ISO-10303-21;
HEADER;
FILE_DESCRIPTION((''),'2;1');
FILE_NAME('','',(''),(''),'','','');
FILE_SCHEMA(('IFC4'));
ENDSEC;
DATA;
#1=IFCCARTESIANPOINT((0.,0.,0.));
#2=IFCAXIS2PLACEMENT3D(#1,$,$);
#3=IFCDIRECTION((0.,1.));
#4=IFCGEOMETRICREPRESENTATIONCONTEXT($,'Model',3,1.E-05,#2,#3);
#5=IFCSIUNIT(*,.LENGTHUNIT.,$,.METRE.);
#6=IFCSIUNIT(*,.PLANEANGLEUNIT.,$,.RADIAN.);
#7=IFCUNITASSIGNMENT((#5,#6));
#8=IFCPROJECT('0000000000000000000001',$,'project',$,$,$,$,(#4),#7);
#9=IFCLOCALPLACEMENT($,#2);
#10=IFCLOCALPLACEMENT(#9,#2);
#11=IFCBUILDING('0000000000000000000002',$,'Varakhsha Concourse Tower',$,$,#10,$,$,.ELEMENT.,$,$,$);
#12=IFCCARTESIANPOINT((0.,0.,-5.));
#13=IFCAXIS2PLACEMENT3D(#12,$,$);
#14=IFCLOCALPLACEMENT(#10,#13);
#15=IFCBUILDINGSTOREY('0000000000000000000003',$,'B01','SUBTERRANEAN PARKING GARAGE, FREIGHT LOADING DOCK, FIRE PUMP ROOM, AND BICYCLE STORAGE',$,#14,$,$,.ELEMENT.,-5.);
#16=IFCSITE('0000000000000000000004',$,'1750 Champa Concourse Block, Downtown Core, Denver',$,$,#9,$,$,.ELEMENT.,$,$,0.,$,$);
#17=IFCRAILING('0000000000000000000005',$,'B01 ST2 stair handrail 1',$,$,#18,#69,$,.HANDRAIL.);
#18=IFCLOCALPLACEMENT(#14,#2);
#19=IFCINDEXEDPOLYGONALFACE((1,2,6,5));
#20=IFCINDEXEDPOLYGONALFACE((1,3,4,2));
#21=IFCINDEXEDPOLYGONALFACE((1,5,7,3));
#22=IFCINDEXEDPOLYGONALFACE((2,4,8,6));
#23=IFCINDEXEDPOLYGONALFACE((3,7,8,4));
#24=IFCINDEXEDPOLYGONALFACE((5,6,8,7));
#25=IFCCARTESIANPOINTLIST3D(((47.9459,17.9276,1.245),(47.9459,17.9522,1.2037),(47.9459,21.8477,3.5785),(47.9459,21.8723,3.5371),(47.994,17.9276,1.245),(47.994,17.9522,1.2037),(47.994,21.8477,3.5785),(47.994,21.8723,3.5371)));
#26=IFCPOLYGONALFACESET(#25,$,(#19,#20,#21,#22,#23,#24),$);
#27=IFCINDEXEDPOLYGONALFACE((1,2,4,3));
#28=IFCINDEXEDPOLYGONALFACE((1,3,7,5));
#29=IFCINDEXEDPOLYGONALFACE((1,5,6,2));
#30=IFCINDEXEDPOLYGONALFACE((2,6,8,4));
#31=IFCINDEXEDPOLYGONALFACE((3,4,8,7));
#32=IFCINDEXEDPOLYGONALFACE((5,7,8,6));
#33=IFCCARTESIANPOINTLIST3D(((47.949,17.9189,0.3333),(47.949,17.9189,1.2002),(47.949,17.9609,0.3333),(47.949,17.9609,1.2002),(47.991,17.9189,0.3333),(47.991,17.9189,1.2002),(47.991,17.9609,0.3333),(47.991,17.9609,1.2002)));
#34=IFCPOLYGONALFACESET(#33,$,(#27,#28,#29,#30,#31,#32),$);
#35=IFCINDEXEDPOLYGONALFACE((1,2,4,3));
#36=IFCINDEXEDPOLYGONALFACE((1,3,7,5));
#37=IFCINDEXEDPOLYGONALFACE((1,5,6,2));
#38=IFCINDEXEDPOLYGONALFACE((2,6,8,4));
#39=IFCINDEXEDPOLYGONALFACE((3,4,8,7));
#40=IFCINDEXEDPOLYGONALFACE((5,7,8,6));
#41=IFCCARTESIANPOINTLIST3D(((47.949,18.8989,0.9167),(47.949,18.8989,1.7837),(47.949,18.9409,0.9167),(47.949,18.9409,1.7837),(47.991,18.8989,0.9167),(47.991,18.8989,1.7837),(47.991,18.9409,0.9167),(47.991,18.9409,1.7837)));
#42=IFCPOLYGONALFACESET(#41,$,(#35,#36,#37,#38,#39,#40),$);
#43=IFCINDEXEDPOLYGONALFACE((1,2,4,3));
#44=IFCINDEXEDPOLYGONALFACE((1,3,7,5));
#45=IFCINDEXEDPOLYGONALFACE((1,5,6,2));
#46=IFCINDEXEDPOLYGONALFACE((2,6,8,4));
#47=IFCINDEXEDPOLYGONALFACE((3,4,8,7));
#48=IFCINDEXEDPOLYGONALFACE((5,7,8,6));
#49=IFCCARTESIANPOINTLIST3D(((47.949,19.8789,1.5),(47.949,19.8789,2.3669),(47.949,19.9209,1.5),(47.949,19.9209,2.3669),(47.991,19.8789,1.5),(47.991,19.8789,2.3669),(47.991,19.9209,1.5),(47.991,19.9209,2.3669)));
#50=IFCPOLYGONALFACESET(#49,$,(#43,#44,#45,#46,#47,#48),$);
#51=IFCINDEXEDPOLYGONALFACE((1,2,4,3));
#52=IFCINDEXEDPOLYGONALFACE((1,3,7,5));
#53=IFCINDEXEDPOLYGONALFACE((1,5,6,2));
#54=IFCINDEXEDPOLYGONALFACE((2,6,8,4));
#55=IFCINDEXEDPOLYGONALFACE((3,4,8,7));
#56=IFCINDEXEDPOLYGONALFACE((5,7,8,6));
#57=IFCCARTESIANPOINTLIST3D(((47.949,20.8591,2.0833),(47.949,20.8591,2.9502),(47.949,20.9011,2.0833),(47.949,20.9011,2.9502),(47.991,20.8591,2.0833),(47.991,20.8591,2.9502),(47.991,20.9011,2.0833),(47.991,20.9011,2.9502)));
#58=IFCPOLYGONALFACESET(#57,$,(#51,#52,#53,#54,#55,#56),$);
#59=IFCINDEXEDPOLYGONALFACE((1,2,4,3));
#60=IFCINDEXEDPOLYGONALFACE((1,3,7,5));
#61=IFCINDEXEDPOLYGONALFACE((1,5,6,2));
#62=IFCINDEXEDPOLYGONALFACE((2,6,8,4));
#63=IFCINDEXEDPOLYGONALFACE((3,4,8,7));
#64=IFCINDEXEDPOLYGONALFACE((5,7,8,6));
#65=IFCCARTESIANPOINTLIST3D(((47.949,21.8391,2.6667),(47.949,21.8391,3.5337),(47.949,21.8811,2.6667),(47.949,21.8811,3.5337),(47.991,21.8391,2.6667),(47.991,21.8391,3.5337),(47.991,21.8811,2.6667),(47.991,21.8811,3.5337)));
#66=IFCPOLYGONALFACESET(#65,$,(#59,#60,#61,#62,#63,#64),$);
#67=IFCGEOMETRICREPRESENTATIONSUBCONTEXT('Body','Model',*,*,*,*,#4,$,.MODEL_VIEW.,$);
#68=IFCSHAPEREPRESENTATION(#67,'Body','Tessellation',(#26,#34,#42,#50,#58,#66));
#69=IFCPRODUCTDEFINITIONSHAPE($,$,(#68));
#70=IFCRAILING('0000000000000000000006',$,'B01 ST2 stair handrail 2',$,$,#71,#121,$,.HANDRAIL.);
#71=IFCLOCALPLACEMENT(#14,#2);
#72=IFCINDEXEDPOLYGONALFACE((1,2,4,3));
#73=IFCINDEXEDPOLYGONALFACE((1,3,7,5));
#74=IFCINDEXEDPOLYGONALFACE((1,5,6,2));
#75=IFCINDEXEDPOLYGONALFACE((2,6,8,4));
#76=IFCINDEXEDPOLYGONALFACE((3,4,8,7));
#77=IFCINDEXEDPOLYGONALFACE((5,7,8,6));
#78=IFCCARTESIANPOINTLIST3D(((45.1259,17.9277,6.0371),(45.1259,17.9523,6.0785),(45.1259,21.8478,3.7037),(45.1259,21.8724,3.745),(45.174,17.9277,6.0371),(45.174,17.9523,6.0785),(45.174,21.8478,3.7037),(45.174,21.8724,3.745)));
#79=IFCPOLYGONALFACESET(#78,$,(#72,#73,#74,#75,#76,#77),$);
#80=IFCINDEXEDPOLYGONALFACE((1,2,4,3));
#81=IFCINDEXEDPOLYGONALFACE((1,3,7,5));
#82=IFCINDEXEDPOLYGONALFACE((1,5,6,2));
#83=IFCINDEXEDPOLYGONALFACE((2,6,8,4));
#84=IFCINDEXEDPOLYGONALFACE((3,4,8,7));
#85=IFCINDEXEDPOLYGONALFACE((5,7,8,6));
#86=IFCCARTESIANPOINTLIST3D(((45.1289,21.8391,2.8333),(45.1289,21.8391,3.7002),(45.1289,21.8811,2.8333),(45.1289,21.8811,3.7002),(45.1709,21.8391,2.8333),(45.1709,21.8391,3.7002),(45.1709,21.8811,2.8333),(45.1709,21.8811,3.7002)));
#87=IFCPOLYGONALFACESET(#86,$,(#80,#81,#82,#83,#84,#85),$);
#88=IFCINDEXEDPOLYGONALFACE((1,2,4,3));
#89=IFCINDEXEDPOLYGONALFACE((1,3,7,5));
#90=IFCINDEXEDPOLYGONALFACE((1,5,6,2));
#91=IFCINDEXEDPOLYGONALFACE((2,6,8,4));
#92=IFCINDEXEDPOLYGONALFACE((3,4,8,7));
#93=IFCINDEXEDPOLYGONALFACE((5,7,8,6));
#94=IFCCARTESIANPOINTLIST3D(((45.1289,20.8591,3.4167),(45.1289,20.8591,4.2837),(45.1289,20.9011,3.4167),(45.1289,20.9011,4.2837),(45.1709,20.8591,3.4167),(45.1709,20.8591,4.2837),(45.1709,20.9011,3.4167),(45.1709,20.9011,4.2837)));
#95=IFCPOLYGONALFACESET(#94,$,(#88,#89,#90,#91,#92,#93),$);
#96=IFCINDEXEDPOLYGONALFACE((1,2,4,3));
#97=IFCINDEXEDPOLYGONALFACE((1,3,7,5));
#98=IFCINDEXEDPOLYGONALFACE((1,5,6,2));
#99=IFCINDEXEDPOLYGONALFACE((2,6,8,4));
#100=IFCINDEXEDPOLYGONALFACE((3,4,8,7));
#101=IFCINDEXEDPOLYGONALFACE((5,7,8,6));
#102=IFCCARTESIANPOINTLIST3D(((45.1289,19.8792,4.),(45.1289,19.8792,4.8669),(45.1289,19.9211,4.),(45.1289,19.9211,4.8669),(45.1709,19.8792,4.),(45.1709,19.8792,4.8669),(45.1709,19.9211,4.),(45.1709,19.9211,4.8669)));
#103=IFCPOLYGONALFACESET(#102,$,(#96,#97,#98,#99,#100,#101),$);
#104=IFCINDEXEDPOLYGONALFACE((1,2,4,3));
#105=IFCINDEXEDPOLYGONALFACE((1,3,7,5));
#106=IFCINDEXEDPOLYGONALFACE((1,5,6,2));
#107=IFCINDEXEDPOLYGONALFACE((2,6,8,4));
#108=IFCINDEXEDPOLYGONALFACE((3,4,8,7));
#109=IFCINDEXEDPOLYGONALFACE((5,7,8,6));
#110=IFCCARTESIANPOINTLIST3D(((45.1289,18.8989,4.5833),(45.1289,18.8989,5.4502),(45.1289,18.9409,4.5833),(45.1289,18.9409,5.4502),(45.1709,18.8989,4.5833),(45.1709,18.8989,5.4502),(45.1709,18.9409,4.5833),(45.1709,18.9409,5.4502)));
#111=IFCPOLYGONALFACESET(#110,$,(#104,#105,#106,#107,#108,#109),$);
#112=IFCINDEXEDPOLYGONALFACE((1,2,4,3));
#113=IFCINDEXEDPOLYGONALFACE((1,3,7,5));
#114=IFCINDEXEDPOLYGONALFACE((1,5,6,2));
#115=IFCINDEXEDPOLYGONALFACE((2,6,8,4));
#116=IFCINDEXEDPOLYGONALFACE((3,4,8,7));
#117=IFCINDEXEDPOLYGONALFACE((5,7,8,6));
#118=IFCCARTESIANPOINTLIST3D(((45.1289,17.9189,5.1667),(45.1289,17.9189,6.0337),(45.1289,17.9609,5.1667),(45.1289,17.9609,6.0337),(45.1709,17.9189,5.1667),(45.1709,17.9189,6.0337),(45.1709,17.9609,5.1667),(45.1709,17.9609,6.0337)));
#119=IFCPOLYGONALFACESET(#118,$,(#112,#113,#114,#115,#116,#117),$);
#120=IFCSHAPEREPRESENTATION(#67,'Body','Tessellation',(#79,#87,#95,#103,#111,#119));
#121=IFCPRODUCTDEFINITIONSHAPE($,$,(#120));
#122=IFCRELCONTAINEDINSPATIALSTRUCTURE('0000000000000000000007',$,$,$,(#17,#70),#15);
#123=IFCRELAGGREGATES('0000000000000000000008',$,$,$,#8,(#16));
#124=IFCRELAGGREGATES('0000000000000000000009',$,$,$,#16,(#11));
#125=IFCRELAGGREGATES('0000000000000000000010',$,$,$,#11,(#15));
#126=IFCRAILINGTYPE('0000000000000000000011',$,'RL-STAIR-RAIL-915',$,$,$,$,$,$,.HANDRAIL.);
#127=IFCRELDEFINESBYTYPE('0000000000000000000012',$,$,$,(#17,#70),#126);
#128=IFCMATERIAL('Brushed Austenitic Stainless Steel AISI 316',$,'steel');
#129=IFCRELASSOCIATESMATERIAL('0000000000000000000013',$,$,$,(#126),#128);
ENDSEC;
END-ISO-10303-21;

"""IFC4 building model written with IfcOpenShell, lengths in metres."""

from ifc_helpers import new_model, si_unit, direction, frame, origin, origin_2d, place, context, subcontext, project, spatial, rectangle, extrude, material, type_object, element, save


model = new_model("IFC4")

# Units and contexts
model_context = context("Model", 3, precision=1e-05, world=origin(), true_north=direction((0.0, 1.0)))
body_context = subcontext(model_context, "Body", "Model", "MODEL_VIEW")
ifc_project = project(units=[si_unit("LENGTHUNIT", "METRE"), si_unit("PLANEANGLEUNIT", "RADIAN")], contexts=[model_context])

# Site, building, storey
site_placement = place(None, origin())
site = spatial("IfcSite", under=ifc_project, at=site_placement, Name="1750 Champa Concourse Block, Downtown Core, Denver", CompositionType="ELEMENT", RefElevation=0.0)
building_placement = place(site_placement, origin())
building = spatial("IfcBuilding", under=site, at=building_placement, Name="Varakhsha Concourse Tower", CompositionType="ELEMENT")
storey_placement = place(building_placement, frame((0.0, 0.0, -5.0)))
storey = spatial("IfcBuildingStorey", under=building, at=storey_placement, Name="B01", Description="SUBTERRANEAN PARKING GARAGE, FREIGHT LOADING DOCK, FIRE PUMP ROOM, AND BICYCLE STORAGE", CompositionType="ELEMENT", Elevation=-5.0)

# Railings
ifc_material_1 = material(Name="Brushed Austenitic Stainless Steel AISI 316", Category="steel")
railing_type_1 = type_object("IfcRailingType", Name="RL-STAIR-RAIL-915", PredefinedType="HANDRAIL", material=ifc_material_1)
railing_1_placement = place(storey_placement, frame((47.97, 17.9399, 0.3333)))
element("IfcRailing", 1, at=railing_1_placement, inside=storey, type_object=railing_type_1, Name="B01 ST2 stair handrail 1", PredefinedType="HANDRAIL", context=body_context, shape_type="SweptSolid", body=[
    extrude(rectangle(XDim=0.0481, YDim=0.0481, at=origin_2d()), frame((0.0, 0.0, 0.8911), z_axis=(0.0, 0.859287, 0.511494), x_axis=(-1.0, 0.0, 0.0)), (0.0, 0.0, 1.0), 4.562),
    extrude(rectangle(XDim=0.042, YDim=0.042, at=origin_2d()), origin(), (0.0, 0.0, 1.0), 0.8669),
    extrude(rectangle(XDim=0.042, YDim=0.042, at=origin_2d()), frame((0.0, 0.98, 0.5835)), (0.0, 0.0, 1.0), 0.8669),
    extrude(rectangle(XDim=0.042, YDim=0.042, at=origin_2d()), frame((0.0, 1.96, 1.1667)), (0.0, 0.0, 1.0), 0.8669),
    extrude(rectangle(XDim=0.042, YDim=0.042, at=origin_2d()), frame((0.0, 2.9402, 1.75)), (0.0, 0.0, 1.0), 0.8669),
    extrude(rectangle(XDim=0.042, YDim=0.042, at=origin_2d()), frame((0.0, 3.9202, 2.3335)), (0.0, 0.0, 1.0), 0.8669),
])
railing_2_placement = place(storey_placement, frame((45.1499, 21.8601, 2.8333)))
element("IfcRailing", 2, at=railing_2_placement, inside=storey, type_object=railing_type_1, Name="B01 ST2 stair handrail 2", PredefinedType="HANDRAIL", context=body_context, shape_type="SweptSolid", body=[
    extrude(rectangle(XDim=0.0481, YDim=0.0481, at=origin_2d()), frame((0.0, 0.0, 0.8911), z_axis=(0.0, -0.859287, 0.511494), x_axis=(1.0, 0.0, 0.0)), (0.0, 0.0, 1.0), 4.562),
    extrude(rectangle(XDim=0.042, YDim=0.042, at=origin_2d()), origin(), (0.0, 0.0, 1.0), 0.8669),
    extrude(rectangle(XDim=0.042, YDim=0.042, at=origin_2d()), frame((0.0, -0.98, 0.5835)), (0.0, 0.0, 1.0), 0.8669),
    extrude(rectangle(XDim=0.042, YDim=0.042, at=origin_2d()), frame((0.0, -1.96, 1.1667)), (0.0, 0.0, 1.0), 0.8669),
    extrude(rectangle(XDim=0.042, YDim=0.042, at=origin_2d()), frame((0.0, -2.9402, 1.75)), (0.0, 0.0, 1.0), 0.8669),
    extrude(rectangle(XDim=0.042, YDim=0.042, at=origin_2d()), frame((0.0, -3.9202, 2.3335)), (0.0, 0.0, 1.0), 0.8669),
])

save(model, "model.ifc")
